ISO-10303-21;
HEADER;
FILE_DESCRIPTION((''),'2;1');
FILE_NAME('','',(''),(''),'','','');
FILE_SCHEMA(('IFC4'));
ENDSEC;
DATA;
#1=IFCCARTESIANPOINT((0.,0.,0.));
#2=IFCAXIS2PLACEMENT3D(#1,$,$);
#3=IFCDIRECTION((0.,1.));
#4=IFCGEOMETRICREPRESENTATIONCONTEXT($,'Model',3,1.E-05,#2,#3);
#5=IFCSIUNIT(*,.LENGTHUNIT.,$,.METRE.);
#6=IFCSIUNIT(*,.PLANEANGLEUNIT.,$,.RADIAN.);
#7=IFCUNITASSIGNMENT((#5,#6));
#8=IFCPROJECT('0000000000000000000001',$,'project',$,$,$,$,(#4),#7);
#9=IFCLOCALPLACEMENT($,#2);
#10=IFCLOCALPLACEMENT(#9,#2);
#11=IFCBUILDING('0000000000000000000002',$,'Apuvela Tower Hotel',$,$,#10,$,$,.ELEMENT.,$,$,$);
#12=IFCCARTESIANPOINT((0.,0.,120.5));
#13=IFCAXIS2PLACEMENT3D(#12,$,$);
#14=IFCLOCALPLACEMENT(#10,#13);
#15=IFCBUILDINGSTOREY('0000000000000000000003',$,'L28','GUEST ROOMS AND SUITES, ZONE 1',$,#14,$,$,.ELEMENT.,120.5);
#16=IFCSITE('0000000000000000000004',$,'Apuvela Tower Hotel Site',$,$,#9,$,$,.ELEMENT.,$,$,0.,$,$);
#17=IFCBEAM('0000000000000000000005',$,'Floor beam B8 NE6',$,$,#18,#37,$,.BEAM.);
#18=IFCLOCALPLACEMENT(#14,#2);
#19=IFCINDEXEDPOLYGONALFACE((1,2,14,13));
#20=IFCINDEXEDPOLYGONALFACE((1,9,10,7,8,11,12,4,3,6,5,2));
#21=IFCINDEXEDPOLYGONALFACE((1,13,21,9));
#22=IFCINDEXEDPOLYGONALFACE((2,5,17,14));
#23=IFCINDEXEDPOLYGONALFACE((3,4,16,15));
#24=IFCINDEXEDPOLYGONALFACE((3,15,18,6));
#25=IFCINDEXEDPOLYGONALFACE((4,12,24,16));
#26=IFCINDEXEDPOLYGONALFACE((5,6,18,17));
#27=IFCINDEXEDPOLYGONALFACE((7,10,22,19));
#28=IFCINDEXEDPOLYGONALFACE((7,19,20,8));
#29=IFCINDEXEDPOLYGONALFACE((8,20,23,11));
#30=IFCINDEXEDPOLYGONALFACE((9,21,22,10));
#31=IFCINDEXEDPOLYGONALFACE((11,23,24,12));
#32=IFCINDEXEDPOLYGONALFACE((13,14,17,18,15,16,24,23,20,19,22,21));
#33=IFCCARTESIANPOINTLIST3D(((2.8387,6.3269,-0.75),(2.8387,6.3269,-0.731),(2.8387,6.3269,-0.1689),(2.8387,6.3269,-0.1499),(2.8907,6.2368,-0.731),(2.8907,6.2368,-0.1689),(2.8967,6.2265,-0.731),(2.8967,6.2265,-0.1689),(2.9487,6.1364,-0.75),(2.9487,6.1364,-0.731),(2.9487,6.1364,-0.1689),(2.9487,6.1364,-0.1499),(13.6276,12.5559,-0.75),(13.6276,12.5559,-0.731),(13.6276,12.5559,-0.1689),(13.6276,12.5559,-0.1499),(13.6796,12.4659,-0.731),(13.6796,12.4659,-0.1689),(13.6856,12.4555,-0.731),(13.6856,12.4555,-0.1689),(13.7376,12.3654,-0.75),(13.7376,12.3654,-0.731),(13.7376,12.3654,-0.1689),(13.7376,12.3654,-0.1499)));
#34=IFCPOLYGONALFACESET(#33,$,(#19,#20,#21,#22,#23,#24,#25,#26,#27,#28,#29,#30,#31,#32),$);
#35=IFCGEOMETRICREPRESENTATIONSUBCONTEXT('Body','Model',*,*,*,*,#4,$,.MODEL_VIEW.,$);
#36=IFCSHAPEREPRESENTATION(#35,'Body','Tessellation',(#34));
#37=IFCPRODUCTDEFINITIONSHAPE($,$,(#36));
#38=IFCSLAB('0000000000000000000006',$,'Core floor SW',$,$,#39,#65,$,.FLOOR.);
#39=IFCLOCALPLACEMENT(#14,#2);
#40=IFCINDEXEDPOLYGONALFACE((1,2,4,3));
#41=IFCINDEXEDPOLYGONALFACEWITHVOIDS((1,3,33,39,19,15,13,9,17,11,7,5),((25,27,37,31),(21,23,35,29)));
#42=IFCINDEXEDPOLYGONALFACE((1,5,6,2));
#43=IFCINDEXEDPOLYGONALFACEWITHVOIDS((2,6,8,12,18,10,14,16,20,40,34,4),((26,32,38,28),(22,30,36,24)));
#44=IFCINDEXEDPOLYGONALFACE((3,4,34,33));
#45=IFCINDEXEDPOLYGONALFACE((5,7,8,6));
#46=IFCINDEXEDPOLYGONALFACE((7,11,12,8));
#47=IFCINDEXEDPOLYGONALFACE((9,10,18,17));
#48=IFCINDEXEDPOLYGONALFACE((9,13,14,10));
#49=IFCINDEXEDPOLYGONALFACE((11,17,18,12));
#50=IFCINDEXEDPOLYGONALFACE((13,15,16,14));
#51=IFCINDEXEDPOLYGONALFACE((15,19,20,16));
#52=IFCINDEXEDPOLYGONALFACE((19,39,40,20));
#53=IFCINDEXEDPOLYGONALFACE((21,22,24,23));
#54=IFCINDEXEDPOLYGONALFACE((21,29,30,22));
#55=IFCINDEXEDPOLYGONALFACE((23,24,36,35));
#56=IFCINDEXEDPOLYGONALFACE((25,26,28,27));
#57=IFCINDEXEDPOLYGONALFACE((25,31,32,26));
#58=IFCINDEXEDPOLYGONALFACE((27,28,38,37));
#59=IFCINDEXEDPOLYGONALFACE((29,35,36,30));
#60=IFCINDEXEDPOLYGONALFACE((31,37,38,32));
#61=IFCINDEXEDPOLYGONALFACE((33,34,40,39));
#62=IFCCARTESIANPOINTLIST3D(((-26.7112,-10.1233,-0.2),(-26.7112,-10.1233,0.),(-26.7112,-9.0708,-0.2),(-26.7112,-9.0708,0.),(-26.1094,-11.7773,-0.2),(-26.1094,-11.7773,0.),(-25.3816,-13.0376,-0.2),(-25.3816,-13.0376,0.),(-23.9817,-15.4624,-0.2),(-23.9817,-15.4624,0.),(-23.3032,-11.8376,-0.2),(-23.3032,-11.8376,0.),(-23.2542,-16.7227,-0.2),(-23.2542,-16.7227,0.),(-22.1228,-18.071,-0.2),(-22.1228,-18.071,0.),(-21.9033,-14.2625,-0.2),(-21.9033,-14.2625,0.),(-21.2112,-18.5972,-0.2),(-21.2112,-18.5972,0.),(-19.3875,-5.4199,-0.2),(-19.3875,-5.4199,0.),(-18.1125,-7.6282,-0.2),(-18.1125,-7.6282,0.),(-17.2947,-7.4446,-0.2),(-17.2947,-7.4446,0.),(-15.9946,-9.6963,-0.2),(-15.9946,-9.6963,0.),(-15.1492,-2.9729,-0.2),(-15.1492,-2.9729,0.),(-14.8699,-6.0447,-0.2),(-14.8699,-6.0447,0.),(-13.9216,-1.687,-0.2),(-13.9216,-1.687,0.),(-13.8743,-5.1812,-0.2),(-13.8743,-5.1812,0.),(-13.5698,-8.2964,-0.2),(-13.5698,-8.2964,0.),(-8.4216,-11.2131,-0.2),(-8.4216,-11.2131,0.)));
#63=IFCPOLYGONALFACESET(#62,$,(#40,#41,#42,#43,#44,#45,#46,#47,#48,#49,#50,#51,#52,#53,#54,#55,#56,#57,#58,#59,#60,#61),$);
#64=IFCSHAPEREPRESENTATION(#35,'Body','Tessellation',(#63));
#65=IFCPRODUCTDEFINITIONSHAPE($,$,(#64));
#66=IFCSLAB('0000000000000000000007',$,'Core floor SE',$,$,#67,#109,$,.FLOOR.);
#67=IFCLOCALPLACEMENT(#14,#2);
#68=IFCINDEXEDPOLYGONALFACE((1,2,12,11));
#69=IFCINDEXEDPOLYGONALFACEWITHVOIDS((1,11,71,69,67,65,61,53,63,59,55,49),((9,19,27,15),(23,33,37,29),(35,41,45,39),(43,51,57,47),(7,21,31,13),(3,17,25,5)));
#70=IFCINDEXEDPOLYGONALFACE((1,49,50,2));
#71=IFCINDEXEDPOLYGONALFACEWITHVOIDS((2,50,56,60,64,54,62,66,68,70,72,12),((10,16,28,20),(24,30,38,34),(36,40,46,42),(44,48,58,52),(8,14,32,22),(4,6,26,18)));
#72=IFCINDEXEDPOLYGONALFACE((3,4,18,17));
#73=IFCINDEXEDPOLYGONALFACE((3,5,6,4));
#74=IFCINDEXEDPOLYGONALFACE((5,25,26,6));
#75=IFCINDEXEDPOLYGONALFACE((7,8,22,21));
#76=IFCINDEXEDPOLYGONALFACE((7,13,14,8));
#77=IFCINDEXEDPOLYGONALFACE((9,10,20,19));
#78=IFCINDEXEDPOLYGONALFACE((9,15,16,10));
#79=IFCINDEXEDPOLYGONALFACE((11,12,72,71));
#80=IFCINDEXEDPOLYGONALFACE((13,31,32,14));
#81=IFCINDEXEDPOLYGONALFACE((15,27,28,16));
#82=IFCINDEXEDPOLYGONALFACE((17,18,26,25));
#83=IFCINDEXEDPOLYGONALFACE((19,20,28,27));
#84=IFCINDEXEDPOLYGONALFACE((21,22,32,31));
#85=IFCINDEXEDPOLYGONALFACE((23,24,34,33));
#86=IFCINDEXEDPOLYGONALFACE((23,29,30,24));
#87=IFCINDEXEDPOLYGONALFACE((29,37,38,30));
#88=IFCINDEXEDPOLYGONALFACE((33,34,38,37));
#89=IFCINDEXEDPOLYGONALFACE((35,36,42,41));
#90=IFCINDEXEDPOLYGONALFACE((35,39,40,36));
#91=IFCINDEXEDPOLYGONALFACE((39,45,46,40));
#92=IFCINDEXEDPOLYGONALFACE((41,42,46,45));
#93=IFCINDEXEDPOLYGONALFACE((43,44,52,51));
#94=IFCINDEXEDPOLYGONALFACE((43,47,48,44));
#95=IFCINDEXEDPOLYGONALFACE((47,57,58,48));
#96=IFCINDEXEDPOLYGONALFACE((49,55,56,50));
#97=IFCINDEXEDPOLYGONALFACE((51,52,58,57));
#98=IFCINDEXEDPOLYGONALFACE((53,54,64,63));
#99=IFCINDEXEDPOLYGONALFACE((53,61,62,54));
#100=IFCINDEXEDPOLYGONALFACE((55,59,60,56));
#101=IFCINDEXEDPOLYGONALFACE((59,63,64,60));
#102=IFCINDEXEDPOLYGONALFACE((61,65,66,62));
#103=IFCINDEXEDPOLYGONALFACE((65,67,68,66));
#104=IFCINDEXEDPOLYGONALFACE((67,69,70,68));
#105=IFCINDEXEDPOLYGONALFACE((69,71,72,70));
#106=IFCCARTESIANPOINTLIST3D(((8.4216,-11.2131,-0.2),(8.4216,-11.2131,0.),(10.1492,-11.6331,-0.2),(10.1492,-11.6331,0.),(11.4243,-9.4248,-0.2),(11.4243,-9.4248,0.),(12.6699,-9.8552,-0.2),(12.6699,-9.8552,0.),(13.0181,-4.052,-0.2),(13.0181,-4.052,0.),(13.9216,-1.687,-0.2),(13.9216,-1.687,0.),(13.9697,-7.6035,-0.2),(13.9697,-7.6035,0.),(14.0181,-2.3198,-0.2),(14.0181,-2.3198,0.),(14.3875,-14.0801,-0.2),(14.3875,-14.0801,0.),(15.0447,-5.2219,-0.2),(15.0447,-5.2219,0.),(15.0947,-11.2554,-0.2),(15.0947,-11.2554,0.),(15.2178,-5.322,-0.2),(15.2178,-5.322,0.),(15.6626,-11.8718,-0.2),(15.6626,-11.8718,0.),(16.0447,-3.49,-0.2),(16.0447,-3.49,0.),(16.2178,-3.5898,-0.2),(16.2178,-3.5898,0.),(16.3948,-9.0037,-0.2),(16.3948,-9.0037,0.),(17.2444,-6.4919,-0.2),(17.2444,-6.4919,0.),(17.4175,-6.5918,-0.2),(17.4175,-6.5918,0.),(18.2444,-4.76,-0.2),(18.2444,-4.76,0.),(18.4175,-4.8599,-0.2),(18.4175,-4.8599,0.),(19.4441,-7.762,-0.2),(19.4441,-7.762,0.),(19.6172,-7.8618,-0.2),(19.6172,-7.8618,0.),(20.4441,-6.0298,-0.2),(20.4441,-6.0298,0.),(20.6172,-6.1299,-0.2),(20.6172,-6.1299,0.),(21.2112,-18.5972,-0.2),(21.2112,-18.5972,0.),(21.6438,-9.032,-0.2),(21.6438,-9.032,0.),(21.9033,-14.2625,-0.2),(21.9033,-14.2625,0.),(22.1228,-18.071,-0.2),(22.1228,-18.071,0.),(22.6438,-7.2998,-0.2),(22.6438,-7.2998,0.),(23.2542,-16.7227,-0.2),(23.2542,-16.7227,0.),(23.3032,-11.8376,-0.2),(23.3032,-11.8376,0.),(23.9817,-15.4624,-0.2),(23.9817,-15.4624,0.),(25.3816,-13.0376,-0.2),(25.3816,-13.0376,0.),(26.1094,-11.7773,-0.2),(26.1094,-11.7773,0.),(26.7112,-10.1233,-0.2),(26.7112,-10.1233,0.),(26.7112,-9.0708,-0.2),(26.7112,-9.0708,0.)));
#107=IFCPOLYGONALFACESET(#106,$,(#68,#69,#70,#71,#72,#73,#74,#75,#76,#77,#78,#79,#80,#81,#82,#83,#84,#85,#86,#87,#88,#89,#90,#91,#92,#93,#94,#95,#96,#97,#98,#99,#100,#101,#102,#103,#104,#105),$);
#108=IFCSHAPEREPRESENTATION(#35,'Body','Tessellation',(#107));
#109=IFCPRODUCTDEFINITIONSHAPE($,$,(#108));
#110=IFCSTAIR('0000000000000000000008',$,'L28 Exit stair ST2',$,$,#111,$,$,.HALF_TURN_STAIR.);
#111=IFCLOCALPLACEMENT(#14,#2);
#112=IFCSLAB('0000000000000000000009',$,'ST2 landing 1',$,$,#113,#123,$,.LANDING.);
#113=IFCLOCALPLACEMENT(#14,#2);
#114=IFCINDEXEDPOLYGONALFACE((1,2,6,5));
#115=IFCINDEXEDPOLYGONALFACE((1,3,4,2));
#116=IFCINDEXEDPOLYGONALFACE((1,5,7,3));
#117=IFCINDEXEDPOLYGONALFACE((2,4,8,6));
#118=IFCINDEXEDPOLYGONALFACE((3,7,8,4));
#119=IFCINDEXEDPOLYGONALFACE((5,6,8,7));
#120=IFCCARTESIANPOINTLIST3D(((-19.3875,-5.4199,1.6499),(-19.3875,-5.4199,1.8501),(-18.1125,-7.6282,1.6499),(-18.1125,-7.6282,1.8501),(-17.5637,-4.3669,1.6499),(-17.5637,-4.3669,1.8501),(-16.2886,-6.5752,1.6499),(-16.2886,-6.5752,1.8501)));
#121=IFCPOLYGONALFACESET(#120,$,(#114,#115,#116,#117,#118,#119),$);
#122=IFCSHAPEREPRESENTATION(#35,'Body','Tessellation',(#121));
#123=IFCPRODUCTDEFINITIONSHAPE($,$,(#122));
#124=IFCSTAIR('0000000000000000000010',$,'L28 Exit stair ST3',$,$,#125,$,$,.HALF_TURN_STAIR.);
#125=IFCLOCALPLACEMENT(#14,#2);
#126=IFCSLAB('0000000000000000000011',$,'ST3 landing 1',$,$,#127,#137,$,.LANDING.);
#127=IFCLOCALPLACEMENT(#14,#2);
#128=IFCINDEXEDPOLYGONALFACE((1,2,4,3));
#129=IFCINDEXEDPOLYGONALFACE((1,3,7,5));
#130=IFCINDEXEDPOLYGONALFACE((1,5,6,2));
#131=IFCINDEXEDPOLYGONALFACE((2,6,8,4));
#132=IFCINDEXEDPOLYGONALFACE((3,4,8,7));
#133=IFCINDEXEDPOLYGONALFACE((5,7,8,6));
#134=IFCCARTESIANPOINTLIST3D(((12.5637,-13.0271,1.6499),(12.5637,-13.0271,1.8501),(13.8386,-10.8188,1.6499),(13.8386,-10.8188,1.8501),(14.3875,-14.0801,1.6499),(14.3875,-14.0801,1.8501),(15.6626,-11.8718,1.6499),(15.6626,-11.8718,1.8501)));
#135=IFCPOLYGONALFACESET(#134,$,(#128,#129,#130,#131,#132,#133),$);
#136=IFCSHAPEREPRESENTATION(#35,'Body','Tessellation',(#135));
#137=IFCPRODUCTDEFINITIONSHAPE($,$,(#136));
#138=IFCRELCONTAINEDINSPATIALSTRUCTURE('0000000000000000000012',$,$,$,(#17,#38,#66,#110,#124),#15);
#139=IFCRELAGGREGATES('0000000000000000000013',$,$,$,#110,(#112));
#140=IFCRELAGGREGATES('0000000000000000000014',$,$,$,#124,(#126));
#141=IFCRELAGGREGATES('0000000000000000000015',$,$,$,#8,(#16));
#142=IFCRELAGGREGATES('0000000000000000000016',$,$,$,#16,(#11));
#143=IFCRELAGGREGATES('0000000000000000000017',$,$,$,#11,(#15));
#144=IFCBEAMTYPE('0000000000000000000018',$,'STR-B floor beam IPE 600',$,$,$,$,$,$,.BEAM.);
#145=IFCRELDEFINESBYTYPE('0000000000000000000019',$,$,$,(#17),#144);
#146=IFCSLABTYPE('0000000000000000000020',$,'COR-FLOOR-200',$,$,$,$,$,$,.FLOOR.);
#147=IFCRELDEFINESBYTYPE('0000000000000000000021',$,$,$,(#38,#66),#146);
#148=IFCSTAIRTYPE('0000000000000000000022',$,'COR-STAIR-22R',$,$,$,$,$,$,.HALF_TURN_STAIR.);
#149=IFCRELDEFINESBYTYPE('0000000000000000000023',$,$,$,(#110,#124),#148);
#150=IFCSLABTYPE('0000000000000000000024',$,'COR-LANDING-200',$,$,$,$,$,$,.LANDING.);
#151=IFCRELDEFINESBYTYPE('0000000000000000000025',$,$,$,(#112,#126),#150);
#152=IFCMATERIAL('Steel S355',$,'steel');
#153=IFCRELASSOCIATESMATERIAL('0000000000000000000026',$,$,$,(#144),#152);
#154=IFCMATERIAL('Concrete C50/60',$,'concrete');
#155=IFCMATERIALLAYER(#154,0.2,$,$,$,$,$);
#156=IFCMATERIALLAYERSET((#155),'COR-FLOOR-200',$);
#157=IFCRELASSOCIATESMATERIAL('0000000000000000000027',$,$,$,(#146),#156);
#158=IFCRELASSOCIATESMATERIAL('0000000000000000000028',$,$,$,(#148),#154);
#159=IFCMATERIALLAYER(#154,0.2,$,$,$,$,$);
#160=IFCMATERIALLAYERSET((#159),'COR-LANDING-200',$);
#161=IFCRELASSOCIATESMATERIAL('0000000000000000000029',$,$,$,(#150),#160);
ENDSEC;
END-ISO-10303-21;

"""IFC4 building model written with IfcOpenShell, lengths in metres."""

from ifc_helpers import new_model, si_unit, direction, frame, origin, origin_2d, place, context, subcontext, project, spatial, polyline, i_section, outline, extrude, material, layer, layer_set, material_profile, profile_set, type_object, element, aggregate, save


model = new_model("IFC4")

# Units and contexts
model_context = context("Model", 3, precision=1e-05, world=origin(), true_north=direction((0.0, 1.0)))
body_context = subcontext(model_context, "Body", "Model", "MODEL_VIEW")
ifc_project = project(units=[si_unit("LENGTHUNIT", "METRE"), si_unit("PLANEANGLEUNIT", "RADIAN")], contexts=[model_context])

# Site, building, storey
site_placement = place(None, origin())
site = spatial("IfcSite", under=ifc_project, at=site_placement, Name="Apuvela Tower Hotel Site", CompositionType="ELEMENT", RefElevation=0.0)
building_placement = place(site_placement, origin())
building = spatial("IfcBuilding", under=site, at=building_placement, Name="Apuvela Tower Hotel", CompositionType="ELEMENT")
storey_placement = place(building_placement, frame((0.0, 0.0, 120.5)))
storey = spatial("IfcBuildingStorey", under=building, at=storey_placement, Name="L28", Description="GUEST ROOMS AND SUITES, ZONE 1", CompositionType="ELEMENT", Elevation=120.5)

# Beam
ifc_material_1 = material(Name="Steel S355", Category="steel")
ifc_material_profile = material_profile(ifc_material_1, i_section(OverallWidth=0.22, OverallDepth=0.6001, WebThickness=0.012, FlangeThickness=0.019, at=origin_2d()), Name="IPE 600")
ifc_profile_set = profile_set([ifc_material_profile], Name="Steel S355")
beam_type = type_object("IfcBeamType", Name="STR-B floor beam IPE 600", PredefinedType="BEAM", material=ifc_profile_set)
beam_placement = place(storey_placement, frame((13.6826, 12.4607, -0.45), z_axis=(-0.866023, -0.500005, 0.0), x_axis=(0.500005, -0.866023, 0.0)))
element("IfcBeam", 1, at=beam_placement, inside=storey, type_object=beam_type, Name="Floor beam B8 NE6", PredefinedType="BEAM", context=body_context, shape_type="SweptSolid", body=[
    extrude(i_section(OverallWidth=0.22, OverallDepth=0.6001, WebThickness=0.012, FlangeThickness=0.019, at=origin_2d()), origin(), (0.0, 0.0, 1.0), 12.458),
])

# Slabs
ifc_material_2 = material(Name="Concrete C50/60", Category="concrete")
ifc_layer_1 = layer(ifc_material_2, 0.2)
ifc_layer_set_1 = layer_set([ifc_layer_1], Name="COR-FLOOR-200")
slab_type_1 = type_object("IfcSlabType", Name="COR-FLOOR-200", PredefinedType="FLOOR", material=ifc_layer_set_1)
slab_1_placement = place(storey_placement, frame((0.0, 0.0, -0.2)))
element("IfcSlab", 2, at=slab_1_placement, inside=storey, type_object=slab_type_1, Name="Core floor SW", PredefinedType="FLOOR", context=body_context, shape_type="SweptSolid", body=[
    extrude(outline(polyline([(-26.7112, -9.0708), (-26.7112, -10.1233), (-26.1094, -11.7773), (-25.3816, -13.0376), (-23.3032, -11.8376), (-21.9033, -14.2625), (-23.9817, -15.4624), (-23.2542, -16.7227), (-22.1228, -18.071), (-21.2112, -18.5972), (-8.4216, -11.2131), (-13.9216, -1.687), (-26.7112, -9.0708)]), holes=[polyline([(-13.8743, -5.1812), (-18.1125, -7.6282), (-19.3875, -5.4199), (-15.1492, -2.9729), (-13.8743, -5.1812)]), polyline([(-13.5698, -8.2964), (-15.9946, -9.6963), (-17.2947, -7.4446), (-14.8699, -6.0447), (-13.5698, -8.2964)])]), origin(), (0.0, 0.0, 1.0), 0.2),
])
slab_2_placement = place(storey_placement, frame((0.0, 0.0, -0.2)))
element("IfcSlab", 3, at=slab_2_placement, inside=storey, type_object=slab_type_1, Name="Core floor SE", PredefinedType="FLOOR", context=body_context, shape_type="SweptSolid", body=[
    extrude(outline(polyline([(21.2112, -18.5972), (22.1228, -18.071), (23.2542, -16.7227), (23.9817, -15.4624), (21.9033, -14.2625), (23.3032, -11.8376), (25.3816, -13.0376), (26.1094, -11.7773), (26.7112, -10.1233), (26.7112, -9.0708), (13.9216, -1.687), (8.4216, -11.2131), (21.2112, -18.5972)]), holes=[polyline([(13.0181, -4.052), (14.0181, -2.3198), (16.0447, -3.49), (15.0447, -5.2219), (13.0181, -4.052)]), polyline([(17.2444, -6.4919), (15.2178, -5.322), (16.2178, -3.5898), (18.2444, -4.76), (17.2444, -6.4919)]), polyline([(14.3875, -14.0801), (10.1492, -11.6331), (11.4243, -9.4248), (15.6626, -11.8718), (14.3875, -14.0801)]), polyline([(12.6699, -9.8552), (13.9697, -7.6035), (16.3948, -9.0037), (15.0947, -11.2554), (12.6699, -9.8552)]), polyline([(19.4441, -7.762), (17.4175, -6.5918), (18.4175, -4.8599), (20.4441, -6.0298), (19.4441, -7.762)]), polyline([(21.6438, -9.032), (19.6172, -7.8618), (20.6172, -6.1299), (22.6438, -7.2998), (21.6438, -9.032)])]), origin(), (0.0, 0.0, 1.0), 0.2),
])

# Stairs, slabs
stair_type = type_object("IfcStairType", Name="COR-STAIR-22R", PredefinedType="HALF_TURN_STAIR", material=ifc_material_2)
stair_1_placement = place(storey_placement, origin())
stair_1 = element("IfcStair", 4, at=stair_1_placement, inside=storey, type_object=stair_type, Name="L28 Exit stair ST2", PredefinedType="HALF_TURN_STAIR")
ifc_layer_2 = layer(ifc_material_2, 0.2)
ifc_layer_set_2 = layer_set([ifc_layer_2], Name="COR-LANDING-200")
slab_type_2 = type_object("IfcSlabType", Name="COR-LANDING-200", PredefinedType="LANDING", material=ifc_layer_set_2)
slab_3_placement = place(storey_placement, frame((0.0, 0.0, 1.6499)))
slab_3 = element("IfcSlab", 5, at=slab_3_placement, type_object=slab_type_2, Name="ST2 landing 1", PredefinedType="LANDING", context=body_context, shape_type="SweptSolid", body=[
    extrude(outline(polyline([(-17.5637, -4.3669), (-19.3875, -5.4199), (-18.1125, -7.6282), (-16.2886, -6.5752), (-17.5637, -4.3669)])), origin(), (0.0, 0.0, 1.0), 0.2002),
])
aggregate(stair_1, [slab_3])
stair_2_placement = place(storey_placement, origin())
stair_2 = element("IfcStair", 6, at=stair_2_placement, inside=storey, type_object=stair_type, Name="L28 Exit stair ST3", PredefinedType="HALF_TURN_STAIR")
slab_4_placement = place(storey_placement, frame((0.0, 0.0, 1.6499)))
slab_4 = element("IfcSlab", 7, at=slab_4_placement, type_object=slab_type_2, Name="ST3 landing 1", PredefinedType="LANDING", context=body_context, shape_type="SweptSolid", body=[
    extrude(outline(polyline([(12.5637, -13.0271), (14.3875, -14.0801), (15.6626, -11.8718), (13.8386, -10.8188), (12.5637, -13.0271)])), origin(), (0.0, 0.0, 1.0), 0.2002),
])
aggregate(stair_2, [slab_4])

save(model, "model.ifc")
